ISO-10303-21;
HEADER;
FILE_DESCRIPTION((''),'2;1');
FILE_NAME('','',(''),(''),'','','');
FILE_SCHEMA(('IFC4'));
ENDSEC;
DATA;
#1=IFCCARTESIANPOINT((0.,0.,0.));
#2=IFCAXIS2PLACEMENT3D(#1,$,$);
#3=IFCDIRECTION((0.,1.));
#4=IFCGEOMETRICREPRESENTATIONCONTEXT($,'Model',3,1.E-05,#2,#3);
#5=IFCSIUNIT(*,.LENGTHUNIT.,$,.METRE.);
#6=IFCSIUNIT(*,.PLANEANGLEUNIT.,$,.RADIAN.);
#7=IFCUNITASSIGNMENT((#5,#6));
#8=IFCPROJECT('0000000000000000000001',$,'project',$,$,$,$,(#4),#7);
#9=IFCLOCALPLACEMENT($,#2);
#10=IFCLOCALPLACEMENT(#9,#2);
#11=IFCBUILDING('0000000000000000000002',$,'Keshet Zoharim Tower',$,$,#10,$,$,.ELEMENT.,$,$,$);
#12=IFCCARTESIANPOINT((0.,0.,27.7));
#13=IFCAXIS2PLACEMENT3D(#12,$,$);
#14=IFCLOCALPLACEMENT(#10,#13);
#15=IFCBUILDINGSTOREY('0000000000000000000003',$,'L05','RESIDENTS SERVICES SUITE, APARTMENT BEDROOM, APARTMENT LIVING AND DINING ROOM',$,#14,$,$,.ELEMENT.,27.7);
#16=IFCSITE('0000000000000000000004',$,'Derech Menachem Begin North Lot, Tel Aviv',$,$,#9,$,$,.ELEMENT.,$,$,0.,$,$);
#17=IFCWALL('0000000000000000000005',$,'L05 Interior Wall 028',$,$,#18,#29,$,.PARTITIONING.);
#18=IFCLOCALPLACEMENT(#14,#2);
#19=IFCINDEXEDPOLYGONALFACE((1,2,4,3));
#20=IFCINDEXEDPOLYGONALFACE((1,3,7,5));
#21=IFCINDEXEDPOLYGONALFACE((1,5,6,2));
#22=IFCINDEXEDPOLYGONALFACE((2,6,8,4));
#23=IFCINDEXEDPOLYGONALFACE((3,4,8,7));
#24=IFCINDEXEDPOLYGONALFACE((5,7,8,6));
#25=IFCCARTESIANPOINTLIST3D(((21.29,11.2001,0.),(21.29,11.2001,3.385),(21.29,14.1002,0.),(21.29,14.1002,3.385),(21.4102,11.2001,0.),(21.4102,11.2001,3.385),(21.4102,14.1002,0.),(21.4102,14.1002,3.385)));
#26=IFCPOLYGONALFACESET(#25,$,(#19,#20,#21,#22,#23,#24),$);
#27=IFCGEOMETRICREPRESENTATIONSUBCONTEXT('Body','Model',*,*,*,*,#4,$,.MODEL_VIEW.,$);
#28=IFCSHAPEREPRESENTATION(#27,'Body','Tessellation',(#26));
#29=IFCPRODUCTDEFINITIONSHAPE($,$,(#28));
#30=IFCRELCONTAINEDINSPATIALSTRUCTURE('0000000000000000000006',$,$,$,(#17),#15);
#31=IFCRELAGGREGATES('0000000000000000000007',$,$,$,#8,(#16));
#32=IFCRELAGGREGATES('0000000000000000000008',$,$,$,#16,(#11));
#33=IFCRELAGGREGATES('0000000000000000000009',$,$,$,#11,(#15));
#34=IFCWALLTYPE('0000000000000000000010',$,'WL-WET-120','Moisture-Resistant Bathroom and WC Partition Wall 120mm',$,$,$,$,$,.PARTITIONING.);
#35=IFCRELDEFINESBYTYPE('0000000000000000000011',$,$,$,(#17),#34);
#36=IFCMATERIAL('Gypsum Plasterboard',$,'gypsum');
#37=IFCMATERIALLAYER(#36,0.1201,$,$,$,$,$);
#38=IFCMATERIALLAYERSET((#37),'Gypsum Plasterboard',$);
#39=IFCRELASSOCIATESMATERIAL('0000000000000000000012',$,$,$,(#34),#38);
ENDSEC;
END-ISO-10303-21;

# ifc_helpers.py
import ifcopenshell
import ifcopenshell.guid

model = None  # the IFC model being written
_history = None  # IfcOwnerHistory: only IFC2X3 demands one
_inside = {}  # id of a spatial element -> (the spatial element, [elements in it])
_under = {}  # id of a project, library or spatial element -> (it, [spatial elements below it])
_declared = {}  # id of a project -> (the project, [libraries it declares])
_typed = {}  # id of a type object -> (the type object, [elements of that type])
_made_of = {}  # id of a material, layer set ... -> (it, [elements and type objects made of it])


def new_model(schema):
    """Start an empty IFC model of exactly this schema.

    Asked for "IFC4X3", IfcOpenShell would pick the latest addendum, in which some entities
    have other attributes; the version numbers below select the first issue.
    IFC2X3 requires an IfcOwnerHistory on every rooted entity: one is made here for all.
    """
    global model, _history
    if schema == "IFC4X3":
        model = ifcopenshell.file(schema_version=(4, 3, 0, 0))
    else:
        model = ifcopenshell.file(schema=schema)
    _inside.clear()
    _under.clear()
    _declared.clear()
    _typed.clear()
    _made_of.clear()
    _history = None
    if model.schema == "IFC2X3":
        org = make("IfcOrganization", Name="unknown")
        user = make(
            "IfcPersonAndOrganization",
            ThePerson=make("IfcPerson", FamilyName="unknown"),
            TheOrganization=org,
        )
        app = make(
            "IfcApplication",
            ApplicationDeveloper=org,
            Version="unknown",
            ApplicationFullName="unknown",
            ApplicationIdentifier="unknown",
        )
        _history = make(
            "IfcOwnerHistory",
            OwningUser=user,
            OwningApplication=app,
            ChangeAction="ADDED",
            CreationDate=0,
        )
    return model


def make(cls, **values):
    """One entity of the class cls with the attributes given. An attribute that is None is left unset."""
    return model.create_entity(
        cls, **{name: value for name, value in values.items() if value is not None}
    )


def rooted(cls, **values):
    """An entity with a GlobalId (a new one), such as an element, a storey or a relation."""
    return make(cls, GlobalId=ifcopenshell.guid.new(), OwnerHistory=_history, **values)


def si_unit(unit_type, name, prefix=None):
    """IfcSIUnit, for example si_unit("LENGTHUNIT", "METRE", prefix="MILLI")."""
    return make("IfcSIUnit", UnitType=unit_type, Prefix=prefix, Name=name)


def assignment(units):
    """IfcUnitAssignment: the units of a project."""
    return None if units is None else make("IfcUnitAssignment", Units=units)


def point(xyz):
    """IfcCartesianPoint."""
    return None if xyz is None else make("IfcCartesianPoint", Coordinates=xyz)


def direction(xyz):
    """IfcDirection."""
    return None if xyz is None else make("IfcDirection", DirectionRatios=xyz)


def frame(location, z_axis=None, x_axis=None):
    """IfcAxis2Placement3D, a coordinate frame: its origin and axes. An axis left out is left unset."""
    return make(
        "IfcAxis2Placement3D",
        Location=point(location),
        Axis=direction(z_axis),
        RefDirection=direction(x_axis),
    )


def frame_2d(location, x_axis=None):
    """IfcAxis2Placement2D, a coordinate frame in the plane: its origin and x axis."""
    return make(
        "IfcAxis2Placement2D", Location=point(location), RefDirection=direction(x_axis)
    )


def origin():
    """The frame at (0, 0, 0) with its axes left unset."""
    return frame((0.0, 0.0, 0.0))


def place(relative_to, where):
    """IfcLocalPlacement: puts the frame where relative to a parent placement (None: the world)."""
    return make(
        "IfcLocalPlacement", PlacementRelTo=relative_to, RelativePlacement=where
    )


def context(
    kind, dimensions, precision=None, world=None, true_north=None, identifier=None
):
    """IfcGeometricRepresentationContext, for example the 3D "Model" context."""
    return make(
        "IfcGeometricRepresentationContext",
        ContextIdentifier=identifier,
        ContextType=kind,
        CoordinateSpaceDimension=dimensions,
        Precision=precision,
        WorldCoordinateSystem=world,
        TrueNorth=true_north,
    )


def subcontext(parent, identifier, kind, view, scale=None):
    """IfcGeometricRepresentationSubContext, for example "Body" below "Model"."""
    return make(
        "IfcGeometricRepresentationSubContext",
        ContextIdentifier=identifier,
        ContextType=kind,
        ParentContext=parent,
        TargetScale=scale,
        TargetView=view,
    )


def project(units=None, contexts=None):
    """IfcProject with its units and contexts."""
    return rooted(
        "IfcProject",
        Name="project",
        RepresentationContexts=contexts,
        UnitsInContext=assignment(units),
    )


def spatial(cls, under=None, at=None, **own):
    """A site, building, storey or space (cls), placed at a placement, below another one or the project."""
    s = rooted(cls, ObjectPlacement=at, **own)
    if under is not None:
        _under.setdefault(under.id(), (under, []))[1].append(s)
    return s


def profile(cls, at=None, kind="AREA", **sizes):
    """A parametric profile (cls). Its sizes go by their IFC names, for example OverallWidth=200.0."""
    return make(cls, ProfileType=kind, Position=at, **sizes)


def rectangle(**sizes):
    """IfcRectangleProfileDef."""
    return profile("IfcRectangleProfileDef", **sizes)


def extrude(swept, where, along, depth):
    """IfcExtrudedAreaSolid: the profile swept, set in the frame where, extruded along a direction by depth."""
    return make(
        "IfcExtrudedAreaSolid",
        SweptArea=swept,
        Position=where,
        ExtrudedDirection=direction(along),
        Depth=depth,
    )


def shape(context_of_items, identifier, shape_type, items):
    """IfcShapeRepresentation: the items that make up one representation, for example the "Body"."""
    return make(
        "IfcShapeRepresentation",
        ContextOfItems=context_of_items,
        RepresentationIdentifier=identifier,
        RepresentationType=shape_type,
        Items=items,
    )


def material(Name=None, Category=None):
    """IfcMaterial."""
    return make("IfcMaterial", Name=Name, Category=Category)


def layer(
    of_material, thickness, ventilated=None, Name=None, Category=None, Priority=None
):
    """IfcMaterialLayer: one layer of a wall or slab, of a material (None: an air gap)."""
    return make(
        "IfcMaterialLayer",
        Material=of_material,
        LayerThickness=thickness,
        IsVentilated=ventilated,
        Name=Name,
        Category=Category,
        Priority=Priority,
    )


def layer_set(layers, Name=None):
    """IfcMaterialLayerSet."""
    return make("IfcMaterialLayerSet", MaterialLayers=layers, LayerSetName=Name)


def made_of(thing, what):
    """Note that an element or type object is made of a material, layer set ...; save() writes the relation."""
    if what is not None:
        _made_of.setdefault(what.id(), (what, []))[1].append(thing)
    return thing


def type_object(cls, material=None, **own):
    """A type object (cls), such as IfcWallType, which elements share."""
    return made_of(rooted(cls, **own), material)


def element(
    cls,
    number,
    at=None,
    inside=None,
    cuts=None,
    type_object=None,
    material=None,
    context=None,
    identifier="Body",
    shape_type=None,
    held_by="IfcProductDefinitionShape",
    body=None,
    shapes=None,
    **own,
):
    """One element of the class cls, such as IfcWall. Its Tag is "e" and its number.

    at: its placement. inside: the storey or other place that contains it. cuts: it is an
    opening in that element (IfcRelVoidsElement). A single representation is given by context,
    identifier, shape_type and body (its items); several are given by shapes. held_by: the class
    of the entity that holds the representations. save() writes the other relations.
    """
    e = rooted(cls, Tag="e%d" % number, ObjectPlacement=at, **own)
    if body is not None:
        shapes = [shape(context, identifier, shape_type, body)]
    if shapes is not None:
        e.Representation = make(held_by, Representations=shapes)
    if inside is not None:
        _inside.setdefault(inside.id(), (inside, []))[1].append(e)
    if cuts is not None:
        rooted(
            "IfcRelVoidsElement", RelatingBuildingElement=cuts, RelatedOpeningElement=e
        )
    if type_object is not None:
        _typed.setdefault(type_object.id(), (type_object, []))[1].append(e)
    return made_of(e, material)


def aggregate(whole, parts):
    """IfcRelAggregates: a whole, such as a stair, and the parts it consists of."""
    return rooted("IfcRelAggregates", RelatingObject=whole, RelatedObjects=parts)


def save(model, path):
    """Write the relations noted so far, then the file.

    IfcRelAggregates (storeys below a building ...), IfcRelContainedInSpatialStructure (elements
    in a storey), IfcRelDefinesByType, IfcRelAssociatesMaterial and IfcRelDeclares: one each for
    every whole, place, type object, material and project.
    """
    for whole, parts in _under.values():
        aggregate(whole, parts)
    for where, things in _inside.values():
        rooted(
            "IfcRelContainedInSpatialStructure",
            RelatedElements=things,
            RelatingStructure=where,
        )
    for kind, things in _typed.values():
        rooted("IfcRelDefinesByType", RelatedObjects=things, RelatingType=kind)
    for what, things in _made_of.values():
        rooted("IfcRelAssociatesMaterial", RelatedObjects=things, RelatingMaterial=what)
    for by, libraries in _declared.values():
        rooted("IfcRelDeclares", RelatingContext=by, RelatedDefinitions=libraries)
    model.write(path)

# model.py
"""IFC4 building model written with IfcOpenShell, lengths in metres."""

from ifc_helpers import new_model, si_unit, direction, frame, frame_2d, origin, place, context, subcontext, project, spatial, rectangle, extrude, material, layer, layer_set, type_object, element, save


model = new_model("IFC4")

# Units and contexts
model_context = context("Model", 3, precision=1e-05, world=origin(), true_north=direction((0.0, 1.0)))
body_context = subcontext(model_context, "Body", "Model", "MODEL_VIEW")
ifc_project = project(units=[si_unit("LENGTHUNIT", "METRE"), si_unit("PLANEANGLEUNIT", "RADIAN")], contexts=[model_context])

# Site, building, storey
site_placement = place(None, origin())
site = spatial("IfcSite", under=ifc_project, at=site_placement, Name="Derech Menachem Begin North Lot, Tel Aviv", CompositionType="ELEMENT", RefElevation=0.0)
building_placement = place(site_placement, origin())
building = spatial("IfcBuilding", under=site, at=building_placement, Name="Keshet Zoharim Tower", CompositionType="ELEMENT")
storey_placement = place(building_placement, frame((0.0, 0.0, 27.7)))
storey = spatial("IfcBuildingStorey", under=building, at=storey_placement, Name="L05", Description="RESIDENTS SERVICES SUITE, APARTMENT BEDROOM, APARTMENT LIVING AND DINING ROOM", CompositionType="ELEMENT", Elevation=27.7)

# Shared definitions
ifc_material_1 = material(Name="Gypsum Plasterboard", Category="gypsum")

# Wall
ifc_layer_1 = layer(ifc_material_1, 0.1201)
ifc_layer_set_1 = layer_set([ifc_layer_1], Name="Gypsum Plasterboard")
wall_type_1 = type_object("IfcWallType", Name="WL-WET-120", Description="Moisture-Resistant Bathroom and WC Partition Wall 120mm", PredefinedType="PARTITIONING", material=ifc_layer_set_1)
wall_1_placement = place(storey_placement, frame((21.3501, 11.2, 0.0), z_axis=(0.0, 0.0, 1.0), x_axis=(0.0, 1.0, 0.0)))
element("IfcWall", 1, at=wall_1_placement, inside=storey, type_object=wall_type_1, Name="L05 Interior Wall 028", PredefinedType="PARTITIONING", context=body_context, shape_type="SweptSolid", body=[
    extrude(rectangle(XDim=2.9001, YDim=0.1201, at=frame_2d((1.4502, 0.0))), origin(), (0.0, 0.0, 1.0), 3.385),
])

save(model, "model.ifc")
